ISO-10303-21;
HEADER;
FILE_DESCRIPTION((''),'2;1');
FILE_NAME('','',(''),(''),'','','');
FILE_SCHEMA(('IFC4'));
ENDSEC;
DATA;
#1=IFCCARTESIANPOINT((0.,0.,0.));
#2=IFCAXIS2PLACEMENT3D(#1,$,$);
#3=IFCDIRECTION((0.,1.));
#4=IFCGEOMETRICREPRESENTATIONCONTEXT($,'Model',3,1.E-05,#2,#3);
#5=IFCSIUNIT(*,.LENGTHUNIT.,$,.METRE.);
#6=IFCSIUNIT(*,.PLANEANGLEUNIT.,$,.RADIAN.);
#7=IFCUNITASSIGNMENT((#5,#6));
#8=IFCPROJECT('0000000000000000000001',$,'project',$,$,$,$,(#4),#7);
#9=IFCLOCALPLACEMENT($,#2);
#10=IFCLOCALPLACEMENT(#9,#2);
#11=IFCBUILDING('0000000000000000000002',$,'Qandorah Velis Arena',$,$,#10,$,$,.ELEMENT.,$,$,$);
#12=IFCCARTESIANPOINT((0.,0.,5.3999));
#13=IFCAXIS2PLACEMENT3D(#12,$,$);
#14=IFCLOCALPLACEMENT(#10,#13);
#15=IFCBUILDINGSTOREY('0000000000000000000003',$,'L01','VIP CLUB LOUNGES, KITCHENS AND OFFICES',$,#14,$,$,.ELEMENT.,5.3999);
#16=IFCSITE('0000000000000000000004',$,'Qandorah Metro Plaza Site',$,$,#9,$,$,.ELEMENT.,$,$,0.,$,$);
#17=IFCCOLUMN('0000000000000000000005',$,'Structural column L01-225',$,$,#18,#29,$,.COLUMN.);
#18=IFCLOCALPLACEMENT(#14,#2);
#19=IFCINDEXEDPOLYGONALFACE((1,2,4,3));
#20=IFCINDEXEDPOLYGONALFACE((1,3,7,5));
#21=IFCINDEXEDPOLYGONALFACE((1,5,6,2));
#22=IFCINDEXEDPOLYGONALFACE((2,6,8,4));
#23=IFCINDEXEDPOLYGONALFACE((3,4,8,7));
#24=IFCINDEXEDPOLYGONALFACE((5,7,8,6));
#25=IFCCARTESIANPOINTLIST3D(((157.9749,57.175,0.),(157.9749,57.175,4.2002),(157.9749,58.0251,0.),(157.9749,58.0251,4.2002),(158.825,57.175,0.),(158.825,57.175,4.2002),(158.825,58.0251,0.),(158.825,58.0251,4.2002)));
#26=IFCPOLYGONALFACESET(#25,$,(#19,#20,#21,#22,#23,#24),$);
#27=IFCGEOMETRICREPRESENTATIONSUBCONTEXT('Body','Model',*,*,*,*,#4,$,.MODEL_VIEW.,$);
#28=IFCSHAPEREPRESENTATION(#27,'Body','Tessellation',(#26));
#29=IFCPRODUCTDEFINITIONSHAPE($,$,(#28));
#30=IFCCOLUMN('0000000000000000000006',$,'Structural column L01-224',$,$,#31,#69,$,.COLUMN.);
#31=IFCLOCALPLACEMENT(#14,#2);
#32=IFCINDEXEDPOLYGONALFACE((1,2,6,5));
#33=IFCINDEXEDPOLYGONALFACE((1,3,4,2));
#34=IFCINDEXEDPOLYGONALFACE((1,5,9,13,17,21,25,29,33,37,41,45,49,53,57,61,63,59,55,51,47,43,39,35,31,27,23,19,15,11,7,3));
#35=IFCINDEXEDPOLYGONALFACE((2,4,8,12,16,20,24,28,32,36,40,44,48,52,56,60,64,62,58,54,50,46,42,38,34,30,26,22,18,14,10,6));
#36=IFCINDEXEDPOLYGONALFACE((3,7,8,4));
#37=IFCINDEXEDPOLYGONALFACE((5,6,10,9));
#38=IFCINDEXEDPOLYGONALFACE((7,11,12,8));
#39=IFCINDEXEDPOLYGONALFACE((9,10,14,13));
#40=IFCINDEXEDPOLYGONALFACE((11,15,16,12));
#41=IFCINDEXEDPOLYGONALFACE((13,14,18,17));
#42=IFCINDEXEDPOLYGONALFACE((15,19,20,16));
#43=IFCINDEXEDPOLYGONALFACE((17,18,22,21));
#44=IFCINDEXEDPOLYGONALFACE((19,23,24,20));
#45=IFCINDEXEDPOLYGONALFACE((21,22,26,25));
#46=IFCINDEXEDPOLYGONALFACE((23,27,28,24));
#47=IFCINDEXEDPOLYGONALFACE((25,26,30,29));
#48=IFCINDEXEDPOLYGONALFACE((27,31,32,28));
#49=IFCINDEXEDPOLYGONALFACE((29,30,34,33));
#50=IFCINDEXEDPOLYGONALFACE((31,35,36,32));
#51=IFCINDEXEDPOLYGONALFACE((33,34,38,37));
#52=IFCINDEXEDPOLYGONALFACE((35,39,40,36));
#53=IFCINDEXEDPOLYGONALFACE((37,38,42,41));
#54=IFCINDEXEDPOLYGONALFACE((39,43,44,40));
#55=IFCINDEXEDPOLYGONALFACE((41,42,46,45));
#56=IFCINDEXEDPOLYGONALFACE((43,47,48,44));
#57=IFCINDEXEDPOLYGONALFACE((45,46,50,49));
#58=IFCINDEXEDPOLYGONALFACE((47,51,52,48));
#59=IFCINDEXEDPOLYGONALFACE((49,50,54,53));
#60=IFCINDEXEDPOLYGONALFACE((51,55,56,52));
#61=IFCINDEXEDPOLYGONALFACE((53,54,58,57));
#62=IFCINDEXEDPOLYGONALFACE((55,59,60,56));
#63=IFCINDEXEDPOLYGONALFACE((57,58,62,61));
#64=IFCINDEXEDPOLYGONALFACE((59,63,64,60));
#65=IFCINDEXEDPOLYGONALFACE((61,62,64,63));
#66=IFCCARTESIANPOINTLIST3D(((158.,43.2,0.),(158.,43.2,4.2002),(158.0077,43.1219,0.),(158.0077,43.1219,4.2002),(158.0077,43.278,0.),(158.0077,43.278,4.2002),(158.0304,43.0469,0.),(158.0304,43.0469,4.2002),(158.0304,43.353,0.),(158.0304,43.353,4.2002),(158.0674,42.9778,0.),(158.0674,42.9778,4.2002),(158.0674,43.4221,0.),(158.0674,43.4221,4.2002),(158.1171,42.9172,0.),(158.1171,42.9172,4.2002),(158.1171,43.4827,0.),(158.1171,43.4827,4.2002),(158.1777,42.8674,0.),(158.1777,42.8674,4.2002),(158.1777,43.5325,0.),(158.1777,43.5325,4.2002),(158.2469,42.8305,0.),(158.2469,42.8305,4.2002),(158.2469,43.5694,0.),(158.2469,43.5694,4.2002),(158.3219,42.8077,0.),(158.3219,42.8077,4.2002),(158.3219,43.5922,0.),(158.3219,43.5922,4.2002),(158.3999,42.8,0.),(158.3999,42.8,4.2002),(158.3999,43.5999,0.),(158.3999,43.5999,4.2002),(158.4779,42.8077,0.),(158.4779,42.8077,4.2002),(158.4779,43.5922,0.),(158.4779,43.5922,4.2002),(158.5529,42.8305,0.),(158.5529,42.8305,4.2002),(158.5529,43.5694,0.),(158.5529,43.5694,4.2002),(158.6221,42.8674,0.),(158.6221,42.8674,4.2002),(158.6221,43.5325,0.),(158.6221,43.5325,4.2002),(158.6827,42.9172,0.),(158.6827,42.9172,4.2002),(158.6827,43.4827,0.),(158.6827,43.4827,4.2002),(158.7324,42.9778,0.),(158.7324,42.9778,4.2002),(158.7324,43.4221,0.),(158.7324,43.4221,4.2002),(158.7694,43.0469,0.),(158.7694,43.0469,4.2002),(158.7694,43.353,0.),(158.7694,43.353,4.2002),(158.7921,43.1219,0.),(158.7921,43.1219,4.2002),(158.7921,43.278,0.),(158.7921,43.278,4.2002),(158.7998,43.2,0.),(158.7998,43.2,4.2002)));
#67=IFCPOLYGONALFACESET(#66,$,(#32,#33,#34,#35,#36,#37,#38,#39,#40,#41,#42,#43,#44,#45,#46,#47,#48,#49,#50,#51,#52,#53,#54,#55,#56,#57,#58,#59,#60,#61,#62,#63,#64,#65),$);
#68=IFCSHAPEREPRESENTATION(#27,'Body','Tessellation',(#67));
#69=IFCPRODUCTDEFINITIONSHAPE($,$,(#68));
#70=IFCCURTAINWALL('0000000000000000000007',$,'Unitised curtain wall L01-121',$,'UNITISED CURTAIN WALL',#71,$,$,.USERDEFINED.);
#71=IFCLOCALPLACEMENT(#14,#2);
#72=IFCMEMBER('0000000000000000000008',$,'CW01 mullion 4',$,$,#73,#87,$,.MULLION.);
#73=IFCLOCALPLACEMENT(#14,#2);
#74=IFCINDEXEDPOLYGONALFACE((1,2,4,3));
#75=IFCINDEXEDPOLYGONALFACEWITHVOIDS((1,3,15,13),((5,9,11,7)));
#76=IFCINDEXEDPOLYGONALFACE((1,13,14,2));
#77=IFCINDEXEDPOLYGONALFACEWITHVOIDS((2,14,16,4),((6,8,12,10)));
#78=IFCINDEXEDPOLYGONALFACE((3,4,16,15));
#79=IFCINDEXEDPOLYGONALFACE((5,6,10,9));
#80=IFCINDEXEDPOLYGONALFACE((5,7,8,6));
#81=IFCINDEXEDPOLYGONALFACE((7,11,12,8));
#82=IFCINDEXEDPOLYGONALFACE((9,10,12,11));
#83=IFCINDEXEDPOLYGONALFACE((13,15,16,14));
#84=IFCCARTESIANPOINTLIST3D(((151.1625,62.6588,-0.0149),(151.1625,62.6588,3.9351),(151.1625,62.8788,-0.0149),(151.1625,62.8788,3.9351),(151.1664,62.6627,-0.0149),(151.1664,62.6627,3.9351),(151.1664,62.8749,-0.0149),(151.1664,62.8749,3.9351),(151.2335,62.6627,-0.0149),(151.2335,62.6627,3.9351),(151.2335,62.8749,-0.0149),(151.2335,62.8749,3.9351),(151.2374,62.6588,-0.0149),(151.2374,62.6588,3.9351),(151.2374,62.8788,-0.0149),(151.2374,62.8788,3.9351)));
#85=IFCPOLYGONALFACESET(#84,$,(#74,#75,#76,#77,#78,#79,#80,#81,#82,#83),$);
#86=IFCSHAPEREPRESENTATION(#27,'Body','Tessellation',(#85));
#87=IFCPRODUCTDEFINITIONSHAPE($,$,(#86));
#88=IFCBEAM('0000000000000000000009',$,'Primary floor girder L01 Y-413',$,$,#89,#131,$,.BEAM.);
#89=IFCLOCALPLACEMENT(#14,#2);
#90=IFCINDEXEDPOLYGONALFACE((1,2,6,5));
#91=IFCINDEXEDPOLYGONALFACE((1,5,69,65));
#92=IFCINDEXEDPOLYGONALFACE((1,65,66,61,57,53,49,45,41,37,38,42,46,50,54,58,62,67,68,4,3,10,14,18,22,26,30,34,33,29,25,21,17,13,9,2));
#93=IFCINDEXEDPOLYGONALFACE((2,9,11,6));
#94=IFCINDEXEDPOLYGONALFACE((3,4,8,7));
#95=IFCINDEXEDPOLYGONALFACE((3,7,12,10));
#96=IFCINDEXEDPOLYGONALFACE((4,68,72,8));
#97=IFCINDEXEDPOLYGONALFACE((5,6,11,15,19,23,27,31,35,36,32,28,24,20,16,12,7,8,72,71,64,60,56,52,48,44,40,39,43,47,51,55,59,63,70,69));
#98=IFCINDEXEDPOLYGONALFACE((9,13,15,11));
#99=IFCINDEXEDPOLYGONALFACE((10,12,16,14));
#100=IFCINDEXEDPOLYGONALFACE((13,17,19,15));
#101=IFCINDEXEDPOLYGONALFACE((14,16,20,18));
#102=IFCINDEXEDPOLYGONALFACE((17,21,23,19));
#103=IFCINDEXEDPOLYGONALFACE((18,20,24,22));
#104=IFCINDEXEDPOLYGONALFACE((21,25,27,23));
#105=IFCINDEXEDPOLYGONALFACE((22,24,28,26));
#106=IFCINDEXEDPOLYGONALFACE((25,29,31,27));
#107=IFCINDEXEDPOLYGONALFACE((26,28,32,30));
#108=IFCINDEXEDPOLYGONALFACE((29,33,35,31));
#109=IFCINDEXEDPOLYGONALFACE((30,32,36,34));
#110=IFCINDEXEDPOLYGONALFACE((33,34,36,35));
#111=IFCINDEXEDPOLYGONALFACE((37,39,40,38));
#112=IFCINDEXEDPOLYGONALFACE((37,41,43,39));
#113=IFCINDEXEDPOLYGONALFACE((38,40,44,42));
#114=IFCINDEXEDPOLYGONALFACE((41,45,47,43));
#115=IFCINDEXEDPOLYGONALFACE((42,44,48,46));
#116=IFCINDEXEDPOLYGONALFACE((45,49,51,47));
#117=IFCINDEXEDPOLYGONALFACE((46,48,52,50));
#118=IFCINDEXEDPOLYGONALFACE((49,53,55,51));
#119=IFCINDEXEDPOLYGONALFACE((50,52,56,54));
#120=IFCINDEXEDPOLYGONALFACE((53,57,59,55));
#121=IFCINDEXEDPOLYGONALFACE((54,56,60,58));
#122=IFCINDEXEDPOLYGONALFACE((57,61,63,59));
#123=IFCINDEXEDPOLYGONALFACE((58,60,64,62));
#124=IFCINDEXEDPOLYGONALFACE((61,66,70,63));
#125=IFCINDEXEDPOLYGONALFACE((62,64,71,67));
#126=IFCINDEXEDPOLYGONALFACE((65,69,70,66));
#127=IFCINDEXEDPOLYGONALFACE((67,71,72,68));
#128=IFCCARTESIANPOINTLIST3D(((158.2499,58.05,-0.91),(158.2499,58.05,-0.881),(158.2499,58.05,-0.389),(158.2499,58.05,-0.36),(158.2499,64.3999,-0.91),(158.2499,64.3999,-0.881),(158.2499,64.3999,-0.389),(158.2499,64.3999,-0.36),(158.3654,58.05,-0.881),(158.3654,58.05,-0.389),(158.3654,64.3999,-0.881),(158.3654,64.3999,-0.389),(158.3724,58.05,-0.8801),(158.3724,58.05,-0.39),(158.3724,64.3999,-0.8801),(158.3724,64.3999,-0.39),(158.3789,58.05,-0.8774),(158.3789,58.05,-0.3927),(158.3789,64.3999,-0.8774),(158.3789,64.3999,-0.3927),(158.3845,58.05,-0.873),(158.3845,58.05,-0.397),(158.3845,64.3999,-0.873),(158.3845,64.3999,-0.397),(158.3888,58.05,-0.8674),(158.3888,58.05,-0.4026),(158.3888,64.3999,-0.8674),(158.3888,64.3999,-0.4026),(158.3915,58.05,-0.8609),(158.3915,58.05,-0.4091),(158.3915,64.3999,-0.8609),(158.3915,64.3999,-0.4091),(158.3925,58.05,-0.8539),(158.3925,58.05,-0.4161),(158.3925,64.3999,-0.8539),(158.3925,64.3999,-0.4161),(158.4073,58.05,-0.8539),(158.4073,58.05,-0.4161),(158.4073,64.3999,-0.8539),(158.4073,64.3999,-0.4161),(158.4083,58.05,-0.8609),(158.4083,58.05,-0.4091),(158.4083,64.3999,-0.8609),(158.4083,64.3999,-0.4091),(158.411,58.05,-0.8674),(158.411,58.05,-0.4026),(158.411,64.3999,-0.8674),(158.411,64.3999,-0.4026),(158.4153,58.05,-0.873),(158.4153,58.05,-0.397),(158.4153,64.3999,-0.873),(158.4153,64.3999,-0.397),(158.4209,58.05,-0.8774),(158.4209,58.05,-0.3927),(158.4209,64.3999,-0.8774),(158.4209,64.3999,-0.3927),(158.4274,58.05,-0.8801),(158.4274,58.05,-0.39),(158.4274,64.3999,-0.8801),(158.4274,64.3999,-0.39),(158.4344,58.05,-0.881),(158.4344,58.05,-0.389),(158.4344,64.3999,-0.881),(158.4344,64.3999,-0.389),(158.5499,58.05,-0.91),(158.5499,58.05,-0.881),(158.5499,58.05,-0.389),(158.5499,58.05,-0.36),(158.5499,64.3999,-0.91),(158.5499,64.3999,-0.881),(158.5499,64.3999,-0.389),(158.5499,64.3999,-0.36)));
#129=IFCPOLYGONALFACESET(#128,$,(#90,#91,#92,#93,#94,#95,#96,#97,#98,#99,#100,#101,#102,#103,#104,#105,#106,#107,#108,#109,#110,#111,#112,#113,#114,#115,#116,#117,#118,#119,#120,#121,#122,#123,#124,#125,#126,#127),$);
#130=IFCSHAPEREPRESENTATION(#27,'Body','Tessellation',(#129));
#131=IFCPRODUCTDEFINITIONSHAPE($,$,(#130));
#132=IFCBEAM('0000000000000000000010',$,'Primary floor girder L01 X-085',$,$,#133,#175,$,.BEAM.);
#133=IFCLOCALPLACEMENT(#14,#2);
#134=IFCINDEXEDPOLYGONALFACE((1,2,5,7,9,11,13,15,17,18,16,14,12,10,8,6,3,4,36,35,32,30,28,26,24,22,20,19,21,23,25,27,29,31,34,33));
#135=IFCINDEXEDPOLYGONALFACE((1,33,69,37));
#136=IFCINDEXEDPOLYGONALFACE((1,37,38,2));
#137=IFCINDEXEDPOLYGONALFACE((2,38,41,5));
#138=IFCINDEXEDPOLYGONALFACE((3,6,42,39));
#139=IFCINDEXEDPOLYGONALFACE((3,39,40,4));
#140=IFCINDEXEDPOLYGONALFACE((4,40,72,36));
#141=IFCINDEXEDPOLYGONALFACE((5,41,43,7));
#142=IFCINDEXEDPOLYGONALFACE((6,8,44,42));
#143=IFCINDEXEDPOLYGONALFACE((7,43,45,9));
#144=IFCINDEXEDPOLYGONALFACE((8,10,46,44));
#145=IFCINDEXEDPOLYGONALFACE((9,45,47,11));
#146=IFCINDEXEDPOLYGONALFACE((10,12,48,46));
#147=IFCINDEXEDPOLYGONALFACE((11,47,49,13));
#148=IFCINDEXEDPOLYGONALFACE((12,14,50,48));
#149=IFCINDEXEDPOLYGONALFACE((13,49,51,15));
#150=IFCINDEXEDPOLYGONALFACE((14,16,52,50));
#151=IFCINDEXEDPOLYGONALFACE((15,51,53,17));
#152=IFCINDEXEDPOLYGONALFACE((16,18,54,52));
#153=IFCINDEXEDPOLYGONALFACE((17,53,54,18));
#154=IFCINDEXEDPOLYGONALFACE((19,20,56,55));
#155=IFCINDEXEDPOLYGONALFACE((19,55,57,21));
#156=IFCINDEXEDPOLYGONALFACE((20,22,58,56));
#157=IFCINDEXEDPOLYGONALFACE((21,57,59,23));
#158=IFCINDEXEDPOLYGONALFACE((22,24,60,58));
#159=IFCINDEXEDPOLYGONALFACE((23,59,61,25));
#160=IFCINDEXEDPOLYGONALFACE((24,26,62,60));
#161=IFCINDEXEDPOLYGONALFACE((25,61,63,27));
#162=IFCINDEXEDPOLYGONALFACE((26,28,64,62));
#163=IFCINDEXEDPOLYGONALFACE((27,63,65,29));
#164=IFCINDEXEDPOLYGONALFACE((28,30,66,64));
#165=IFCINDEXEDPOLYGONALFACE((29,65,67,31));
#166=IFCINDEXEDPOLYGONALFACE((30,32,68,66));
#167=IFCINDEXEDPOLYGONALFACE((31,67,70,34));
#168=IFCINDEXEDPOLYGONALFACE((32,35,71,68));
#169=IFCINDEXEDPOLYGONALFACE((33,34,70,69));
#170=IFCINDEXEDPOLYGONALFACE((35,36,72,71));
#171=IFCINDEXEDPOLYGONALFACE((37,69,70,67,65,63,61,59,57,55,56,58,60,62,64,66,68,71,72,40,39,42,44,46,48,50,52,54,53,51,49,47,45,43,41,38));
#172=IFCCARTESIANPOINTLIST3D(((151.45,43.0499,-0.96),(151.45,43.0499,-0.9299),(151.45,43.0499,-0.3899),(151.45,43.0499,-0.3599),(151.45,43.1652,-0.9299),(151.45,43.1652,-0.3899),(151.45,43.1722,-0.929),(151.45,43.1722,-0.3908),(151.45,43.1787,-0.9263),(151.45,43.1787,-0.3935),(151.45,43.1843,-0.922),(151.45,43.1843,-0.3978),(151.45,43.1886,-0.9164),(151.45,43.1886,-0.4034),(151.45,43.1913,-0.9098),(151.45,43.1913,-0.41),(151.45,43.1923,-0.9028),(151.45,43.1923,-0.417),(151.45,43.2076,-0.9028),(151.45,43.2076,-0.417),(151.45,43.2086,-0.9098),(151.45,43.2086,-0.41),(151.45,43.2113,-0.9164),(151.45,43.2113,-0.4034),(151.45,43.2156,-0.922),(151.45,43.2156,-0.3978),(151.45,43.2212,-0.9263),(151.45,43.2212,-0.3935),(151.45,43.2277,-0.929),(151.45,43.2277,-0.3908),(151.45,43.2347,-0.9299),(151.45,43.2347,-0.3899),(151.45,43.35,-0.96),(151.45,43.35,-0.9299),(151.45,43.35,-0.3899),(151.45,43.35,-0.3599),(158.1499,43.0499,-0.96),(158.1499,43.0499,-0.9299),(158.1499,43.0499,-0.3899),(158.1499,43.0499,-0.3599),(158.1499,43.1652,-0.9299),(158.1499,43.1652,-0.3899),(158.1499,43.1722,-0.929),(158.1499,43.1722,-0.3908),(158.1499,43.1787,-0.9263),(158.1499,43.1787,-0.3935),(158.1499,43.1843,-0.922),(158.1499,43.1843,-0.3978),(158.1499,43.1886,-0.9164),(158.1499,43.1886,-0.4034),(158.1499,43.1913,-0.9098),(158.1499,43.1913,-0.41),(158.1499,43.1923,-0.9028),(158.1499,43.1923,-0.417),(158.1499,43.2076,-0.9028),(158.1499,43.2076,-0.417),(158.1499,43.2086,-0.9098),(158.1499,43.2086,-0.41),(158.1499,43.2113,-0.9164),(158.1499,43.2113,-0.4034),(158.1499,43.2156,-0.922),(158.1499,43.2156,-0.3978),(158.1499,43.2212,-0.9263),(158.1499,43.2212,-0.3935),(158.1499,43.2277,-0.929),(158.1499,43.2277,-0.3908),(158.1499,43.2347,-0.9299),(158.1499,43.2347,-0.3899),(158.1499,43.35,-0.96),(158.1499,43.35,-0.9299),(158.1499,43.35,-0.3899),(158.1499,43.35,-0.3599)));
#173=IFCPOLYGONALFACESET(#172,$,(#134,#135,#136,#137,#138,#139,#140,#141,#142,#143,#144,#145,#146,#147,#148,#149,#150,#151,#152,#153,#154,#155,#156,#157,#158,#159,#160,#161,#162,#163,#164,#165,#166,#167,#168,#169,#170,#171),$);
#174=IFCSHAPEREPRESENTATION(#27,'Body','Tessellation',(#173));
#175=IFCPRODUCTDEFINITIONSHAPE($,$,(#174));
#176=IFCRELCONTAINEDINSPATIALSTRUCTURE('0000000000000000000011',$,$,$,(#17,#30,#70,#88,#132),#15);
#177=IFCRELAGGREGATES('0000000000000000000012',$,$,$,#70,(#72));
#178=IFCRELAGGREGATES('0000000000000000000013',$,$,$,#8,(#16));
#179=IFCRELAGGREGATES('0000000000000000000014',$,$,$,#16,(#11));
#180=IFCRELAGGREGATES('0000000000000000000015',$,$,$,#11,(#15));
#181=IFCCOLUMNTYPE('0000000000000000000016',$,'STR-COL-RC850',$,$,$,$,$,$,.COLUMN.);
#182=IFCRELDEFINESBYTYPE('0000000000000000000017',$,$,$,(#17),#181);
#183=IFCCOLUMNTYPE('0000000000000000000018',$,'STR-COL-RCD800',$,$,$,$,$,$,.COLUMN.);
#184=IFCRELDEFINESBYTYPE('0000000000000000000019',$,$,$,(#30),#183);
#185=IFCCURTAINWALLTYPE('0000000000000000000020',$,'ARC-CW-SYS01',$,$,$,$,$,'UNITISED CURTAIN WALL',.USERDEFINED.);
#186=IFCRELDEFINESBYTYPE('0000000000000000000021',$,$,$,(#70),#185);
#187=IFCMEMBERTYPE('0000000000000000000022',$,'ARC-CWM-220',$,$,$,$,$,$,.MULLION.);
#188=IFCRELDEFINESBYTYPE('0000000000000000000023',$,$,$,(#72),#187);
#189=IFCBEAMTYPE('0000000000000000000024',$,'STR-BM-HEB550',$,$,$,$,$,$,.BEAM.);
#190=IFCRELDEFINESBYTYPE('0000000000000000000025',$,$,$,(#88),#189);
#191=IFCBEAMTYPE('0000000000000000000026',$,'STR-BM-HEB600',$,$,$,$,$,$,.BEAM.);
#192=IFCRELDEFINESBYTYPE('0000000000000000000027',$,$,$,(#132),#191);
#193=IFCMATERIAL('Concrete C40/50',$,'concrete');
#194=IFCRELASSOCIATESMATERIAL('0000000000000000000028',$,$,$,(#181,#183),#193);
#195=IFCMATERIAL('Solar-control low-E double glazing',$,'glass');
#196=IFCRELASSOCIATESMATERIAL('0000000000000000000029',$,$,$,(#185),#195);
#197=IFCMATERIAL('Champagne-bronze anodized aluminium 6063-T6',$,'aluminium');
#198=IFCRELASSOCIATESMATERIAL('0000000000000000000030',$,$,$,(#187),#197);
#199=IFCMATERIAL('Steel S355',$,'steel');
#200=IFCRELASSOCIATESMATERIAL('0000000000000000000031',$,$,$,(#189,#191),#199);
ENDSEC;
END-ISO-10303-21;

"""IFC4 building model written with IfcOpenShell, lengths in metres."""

from ifc_helpers import new_model, si_unit, direction, frame, origin, origin_2d, place, context, subcontext, project, spatial, rectangle, hollow_rectangle, circle, i_section, extrude, material, material_profile, profile_set, type_object, element, aggregate, save


model = new_model("IFC4")

# Units and contexts
model_context = context("Model", 3, precision=1e-05, world=origin(), true_north=direction((0.0, 1.0)))
body_context = subcontext(model_context, "Body", "Model", "MODEL_VIEW")
ifc_project = project(units=[si_unit("LENGTHUNIT", "METRE"), si_unit("PLANEANGLEUNIT", "RADIAN")], contexts=[model_context])

# Site, building, storey
site_placement = place(None, origin())
site = spatial("IfcSite", under=ifc_project, at=site_placement, Name="Qandorah Metro Plaza Site", CompositionType="ELEMENT", RefElevation=0.0)
building_placement = place(site_placement, origin())
building = spatial("IfcBuilding", under=site, at=building_placement, Name="Qandorah Velis Arena", CompositionType="ELEMENT")
storey_placement = place(building_placement, frame((0.0, 0.0, 5.3999)))
storey = spatial("IfcBuildingStorey", under=building, at=storey_placement, Name="L01", Description="VIP CLUB LOUNGES, KITCHENS AND OFFICES", CompositionType="ELEMENT", Elevation=5.3999)

# Columns
ifc_material_1 = material(Name="Concrete C40/50", Category="concrete")
ifc_material_profile_1 = material_profile(ifc_material_1, rectangle(XDim=0.8501, YDim=0.8501, at=origin_2d()), Name="RC COL 850x850")
ifc_profile_set_1 = profile_set([ifc_material_profile_1], Name="Concrete C40/50")
column_type_1 = type_object("IfcColumnType", Name="STR-COL-RC850", PredefinedType="COLUMN", material=ifc_profile_set_1)
column_1_placement = place(storey_placement, frame((158.3999, 57.6001, 0.0), z_axis=(0.0, 0.0, 1.0), x_axis=(1.0, 0.0, 0.0)))
element("IfcColumn", 1, at=column_1_placement, inside=storey, type_object=column_type_1, Name="Structural column L01-225", PredefinedType="COLUMN", context=body_context, shape_type="SweptSolid", body=[
    extrude(rectangle(XDim=0.8501, YDim=0.8501, at=origin_2d()), origin(), (0.0, 0.0, 1.0), 4.2002),
])
ifc_material_profile_2 = material_profile(ifc_material_1, circle(Radius=0.3999, at=origin_2d()), Name="RC D800")
ifc_profile_set_2 = profile_set([ifc_material_profile_2], Name="Concrete C40/50")
column_type_2 = type_object("IfcColumnType", Name="STR-COL-RCD800", PredefinedType="COLUMN", material=ifc_profile_set_2)
column_2_placement = place(storey_placement, frame((158.3999, 43.2, 0.0), z_axis=(0.0, 0.0, 1.0), x_axis=(1.0, 0.0, 0.0)))
element("IfcColumn", 2, at=column_2_placement, inside=storey, type_object=column_type_2, Name="Structural column L01-224", PredefinedType="COLUMN", context=body_context, shape_type="SweptSolid", body=[
    extrude(circle(Radius=0.3999, at=origin_2d()), origin(), (0.0, 0.0, 1.0), 4.2002),
])

# Curtain wall, member
ifc_material_2 = material(Name="Solar-control low-E double glazing", Category="glass")
curtain_wall_type = type_object("IfcCurtainWallType", Name="ARC-CW-SYS01", ElementType="UNITISED CURTAIN WALL", PredefinedType="USERDEFINED", material=ifc_material_2)
curtain_wall_placement = place(storey_placement, origin())
curtain_wall = element("IfcCurtainWall", 3, at=curtain_wall_placement, inside=storey, type_object=curtain_wall_type, Name="Unitised curtain wall L01-121", ObjectType="UNITISED CURTAIN WALL", PredefinedType="USERDEFINED")
ifc_material_3 = material(Name="Champagne-bronze anodized aluminium 6063-T6", Category="aluminium")
ifc_material_profile_3 = material_profile(ifc_material_3, hollow_rectangle(XDim=0.075, YDim=0.22, WallThickness=0.0039, at=origin_2d()), Name="ALU MULLION 75x220")
ifc_profile_set_3 = profile_set([ifc_material_profile_3], Name="Champagne-bronze anodized aluminium 6063-T6")
member_type = type_object("IfcMemberType", Name="ARC-CWM-220", PredefinedType="MULLION", material=ifc_profile_set_3)
member_placement = place(storey_placement, frame((151.2, 62.7688, -0.0149), z_axis=(0.0, 0.0, 1.0), x_axis=(-1.0, 0.0, 0.0)))
member = element("IfcMember", 4, at=member_placement, type_object=member_type, Name="CW01 mullion 4", PredefinedType="MULLION", context=body_context, shape_type="SweptSolid", body=[
    extrude(hollow_rectangle(XDim=0.075, YDim=0.22, WallThickness=0.0039, at=origin_2d()), origin(), (0.0, 0.0, 1.0), 3.95),
])

# Beams
ifc_material_4 = material(Name="Steel S355", Category="steel")
ifc_material_profile_4 = material_profile(ifc_material_4, i_section(OverallWidth=0.3, OverallDepth=0.55, WebThickness=0.0149, FlangeThickness=0.0291, FilletRadius=0.0271, at=origin_2d()), Name="HEB 550")
ifc_profile_set_4 = profile_set([ifc_material_profile_4], Name="Steel S355")
beam_type_1 = type_object("IfcBeamType", Name="STR-BM-HEB550", PredefinedType="BEAM", material=ifc_profile_set_4)
beam_1_placement = place(storey_placement, frame((158.3999, 58.05, -0.635), z_axis=(0.0, 1.0, 0.0), x_axis=(-1.0, 0.0, 0.0)))
element("IfcBeam", 5, at=beam_1_placement, inside=storey, type_object=beam_type_1, Name="Primary floor girder L01 Y-413", PredefinedType="BEAM", context=body_context, shape_type="SweptSolid", body=[
    extrude(i_section(OverallWidth=0.3, OverallDepth=0.55, WebThickness=0.0149, FlangeThickness=0.0291, FilletRadius=0.0271, at=origin_2d()), origin(), (0.0, 0.0, 1.0), 6.3499),
])
ifc_material_profile_5 = material_profile(ifc_material_4, i_section(OverallWidth=0.3, OverallDepth=0.6001, WebThickness=0.0154, FlangeThickness=0.03, FilletRadius=0.0271, at=origin_2d()), Name="HEB 600")
ifc_profile_set_5 = profile_set([ifc_material_profile_5], Name="Steel S355")
beam_type_2 = type_object("IfcBeamType", Name="STR-BM-HEB600", PredefinedType="BEAM", material=ifc_profile_set_5)
beam_2_placement = place(storey_placement, frame((151.45, 43.2, -0.6599), z_axis=(1.0, 0.0, 0.0), x_axis=(0.0, 1.0, 0.0)))
element("IfcBeam", 6, at=beam_2_placement, inside=storey, type_object=beam_type_2, Name="Primary floor girder L01 X-085", PredefinedType="BEAM", context=body_context, shape_type="SweptSolid", body=[
    extrude(i_section(OverallWidth=0.3, OverallDepth=0.6001, WebThickness=0.0154, FlangeThickness=0.03, FilletRadius=0.0271, at=origin_2d()), origin(), (0.0, 0.0, 1.0), 6.7),
])

aggregate(curtain_wall, [member])

save(model, "model.ifc")
